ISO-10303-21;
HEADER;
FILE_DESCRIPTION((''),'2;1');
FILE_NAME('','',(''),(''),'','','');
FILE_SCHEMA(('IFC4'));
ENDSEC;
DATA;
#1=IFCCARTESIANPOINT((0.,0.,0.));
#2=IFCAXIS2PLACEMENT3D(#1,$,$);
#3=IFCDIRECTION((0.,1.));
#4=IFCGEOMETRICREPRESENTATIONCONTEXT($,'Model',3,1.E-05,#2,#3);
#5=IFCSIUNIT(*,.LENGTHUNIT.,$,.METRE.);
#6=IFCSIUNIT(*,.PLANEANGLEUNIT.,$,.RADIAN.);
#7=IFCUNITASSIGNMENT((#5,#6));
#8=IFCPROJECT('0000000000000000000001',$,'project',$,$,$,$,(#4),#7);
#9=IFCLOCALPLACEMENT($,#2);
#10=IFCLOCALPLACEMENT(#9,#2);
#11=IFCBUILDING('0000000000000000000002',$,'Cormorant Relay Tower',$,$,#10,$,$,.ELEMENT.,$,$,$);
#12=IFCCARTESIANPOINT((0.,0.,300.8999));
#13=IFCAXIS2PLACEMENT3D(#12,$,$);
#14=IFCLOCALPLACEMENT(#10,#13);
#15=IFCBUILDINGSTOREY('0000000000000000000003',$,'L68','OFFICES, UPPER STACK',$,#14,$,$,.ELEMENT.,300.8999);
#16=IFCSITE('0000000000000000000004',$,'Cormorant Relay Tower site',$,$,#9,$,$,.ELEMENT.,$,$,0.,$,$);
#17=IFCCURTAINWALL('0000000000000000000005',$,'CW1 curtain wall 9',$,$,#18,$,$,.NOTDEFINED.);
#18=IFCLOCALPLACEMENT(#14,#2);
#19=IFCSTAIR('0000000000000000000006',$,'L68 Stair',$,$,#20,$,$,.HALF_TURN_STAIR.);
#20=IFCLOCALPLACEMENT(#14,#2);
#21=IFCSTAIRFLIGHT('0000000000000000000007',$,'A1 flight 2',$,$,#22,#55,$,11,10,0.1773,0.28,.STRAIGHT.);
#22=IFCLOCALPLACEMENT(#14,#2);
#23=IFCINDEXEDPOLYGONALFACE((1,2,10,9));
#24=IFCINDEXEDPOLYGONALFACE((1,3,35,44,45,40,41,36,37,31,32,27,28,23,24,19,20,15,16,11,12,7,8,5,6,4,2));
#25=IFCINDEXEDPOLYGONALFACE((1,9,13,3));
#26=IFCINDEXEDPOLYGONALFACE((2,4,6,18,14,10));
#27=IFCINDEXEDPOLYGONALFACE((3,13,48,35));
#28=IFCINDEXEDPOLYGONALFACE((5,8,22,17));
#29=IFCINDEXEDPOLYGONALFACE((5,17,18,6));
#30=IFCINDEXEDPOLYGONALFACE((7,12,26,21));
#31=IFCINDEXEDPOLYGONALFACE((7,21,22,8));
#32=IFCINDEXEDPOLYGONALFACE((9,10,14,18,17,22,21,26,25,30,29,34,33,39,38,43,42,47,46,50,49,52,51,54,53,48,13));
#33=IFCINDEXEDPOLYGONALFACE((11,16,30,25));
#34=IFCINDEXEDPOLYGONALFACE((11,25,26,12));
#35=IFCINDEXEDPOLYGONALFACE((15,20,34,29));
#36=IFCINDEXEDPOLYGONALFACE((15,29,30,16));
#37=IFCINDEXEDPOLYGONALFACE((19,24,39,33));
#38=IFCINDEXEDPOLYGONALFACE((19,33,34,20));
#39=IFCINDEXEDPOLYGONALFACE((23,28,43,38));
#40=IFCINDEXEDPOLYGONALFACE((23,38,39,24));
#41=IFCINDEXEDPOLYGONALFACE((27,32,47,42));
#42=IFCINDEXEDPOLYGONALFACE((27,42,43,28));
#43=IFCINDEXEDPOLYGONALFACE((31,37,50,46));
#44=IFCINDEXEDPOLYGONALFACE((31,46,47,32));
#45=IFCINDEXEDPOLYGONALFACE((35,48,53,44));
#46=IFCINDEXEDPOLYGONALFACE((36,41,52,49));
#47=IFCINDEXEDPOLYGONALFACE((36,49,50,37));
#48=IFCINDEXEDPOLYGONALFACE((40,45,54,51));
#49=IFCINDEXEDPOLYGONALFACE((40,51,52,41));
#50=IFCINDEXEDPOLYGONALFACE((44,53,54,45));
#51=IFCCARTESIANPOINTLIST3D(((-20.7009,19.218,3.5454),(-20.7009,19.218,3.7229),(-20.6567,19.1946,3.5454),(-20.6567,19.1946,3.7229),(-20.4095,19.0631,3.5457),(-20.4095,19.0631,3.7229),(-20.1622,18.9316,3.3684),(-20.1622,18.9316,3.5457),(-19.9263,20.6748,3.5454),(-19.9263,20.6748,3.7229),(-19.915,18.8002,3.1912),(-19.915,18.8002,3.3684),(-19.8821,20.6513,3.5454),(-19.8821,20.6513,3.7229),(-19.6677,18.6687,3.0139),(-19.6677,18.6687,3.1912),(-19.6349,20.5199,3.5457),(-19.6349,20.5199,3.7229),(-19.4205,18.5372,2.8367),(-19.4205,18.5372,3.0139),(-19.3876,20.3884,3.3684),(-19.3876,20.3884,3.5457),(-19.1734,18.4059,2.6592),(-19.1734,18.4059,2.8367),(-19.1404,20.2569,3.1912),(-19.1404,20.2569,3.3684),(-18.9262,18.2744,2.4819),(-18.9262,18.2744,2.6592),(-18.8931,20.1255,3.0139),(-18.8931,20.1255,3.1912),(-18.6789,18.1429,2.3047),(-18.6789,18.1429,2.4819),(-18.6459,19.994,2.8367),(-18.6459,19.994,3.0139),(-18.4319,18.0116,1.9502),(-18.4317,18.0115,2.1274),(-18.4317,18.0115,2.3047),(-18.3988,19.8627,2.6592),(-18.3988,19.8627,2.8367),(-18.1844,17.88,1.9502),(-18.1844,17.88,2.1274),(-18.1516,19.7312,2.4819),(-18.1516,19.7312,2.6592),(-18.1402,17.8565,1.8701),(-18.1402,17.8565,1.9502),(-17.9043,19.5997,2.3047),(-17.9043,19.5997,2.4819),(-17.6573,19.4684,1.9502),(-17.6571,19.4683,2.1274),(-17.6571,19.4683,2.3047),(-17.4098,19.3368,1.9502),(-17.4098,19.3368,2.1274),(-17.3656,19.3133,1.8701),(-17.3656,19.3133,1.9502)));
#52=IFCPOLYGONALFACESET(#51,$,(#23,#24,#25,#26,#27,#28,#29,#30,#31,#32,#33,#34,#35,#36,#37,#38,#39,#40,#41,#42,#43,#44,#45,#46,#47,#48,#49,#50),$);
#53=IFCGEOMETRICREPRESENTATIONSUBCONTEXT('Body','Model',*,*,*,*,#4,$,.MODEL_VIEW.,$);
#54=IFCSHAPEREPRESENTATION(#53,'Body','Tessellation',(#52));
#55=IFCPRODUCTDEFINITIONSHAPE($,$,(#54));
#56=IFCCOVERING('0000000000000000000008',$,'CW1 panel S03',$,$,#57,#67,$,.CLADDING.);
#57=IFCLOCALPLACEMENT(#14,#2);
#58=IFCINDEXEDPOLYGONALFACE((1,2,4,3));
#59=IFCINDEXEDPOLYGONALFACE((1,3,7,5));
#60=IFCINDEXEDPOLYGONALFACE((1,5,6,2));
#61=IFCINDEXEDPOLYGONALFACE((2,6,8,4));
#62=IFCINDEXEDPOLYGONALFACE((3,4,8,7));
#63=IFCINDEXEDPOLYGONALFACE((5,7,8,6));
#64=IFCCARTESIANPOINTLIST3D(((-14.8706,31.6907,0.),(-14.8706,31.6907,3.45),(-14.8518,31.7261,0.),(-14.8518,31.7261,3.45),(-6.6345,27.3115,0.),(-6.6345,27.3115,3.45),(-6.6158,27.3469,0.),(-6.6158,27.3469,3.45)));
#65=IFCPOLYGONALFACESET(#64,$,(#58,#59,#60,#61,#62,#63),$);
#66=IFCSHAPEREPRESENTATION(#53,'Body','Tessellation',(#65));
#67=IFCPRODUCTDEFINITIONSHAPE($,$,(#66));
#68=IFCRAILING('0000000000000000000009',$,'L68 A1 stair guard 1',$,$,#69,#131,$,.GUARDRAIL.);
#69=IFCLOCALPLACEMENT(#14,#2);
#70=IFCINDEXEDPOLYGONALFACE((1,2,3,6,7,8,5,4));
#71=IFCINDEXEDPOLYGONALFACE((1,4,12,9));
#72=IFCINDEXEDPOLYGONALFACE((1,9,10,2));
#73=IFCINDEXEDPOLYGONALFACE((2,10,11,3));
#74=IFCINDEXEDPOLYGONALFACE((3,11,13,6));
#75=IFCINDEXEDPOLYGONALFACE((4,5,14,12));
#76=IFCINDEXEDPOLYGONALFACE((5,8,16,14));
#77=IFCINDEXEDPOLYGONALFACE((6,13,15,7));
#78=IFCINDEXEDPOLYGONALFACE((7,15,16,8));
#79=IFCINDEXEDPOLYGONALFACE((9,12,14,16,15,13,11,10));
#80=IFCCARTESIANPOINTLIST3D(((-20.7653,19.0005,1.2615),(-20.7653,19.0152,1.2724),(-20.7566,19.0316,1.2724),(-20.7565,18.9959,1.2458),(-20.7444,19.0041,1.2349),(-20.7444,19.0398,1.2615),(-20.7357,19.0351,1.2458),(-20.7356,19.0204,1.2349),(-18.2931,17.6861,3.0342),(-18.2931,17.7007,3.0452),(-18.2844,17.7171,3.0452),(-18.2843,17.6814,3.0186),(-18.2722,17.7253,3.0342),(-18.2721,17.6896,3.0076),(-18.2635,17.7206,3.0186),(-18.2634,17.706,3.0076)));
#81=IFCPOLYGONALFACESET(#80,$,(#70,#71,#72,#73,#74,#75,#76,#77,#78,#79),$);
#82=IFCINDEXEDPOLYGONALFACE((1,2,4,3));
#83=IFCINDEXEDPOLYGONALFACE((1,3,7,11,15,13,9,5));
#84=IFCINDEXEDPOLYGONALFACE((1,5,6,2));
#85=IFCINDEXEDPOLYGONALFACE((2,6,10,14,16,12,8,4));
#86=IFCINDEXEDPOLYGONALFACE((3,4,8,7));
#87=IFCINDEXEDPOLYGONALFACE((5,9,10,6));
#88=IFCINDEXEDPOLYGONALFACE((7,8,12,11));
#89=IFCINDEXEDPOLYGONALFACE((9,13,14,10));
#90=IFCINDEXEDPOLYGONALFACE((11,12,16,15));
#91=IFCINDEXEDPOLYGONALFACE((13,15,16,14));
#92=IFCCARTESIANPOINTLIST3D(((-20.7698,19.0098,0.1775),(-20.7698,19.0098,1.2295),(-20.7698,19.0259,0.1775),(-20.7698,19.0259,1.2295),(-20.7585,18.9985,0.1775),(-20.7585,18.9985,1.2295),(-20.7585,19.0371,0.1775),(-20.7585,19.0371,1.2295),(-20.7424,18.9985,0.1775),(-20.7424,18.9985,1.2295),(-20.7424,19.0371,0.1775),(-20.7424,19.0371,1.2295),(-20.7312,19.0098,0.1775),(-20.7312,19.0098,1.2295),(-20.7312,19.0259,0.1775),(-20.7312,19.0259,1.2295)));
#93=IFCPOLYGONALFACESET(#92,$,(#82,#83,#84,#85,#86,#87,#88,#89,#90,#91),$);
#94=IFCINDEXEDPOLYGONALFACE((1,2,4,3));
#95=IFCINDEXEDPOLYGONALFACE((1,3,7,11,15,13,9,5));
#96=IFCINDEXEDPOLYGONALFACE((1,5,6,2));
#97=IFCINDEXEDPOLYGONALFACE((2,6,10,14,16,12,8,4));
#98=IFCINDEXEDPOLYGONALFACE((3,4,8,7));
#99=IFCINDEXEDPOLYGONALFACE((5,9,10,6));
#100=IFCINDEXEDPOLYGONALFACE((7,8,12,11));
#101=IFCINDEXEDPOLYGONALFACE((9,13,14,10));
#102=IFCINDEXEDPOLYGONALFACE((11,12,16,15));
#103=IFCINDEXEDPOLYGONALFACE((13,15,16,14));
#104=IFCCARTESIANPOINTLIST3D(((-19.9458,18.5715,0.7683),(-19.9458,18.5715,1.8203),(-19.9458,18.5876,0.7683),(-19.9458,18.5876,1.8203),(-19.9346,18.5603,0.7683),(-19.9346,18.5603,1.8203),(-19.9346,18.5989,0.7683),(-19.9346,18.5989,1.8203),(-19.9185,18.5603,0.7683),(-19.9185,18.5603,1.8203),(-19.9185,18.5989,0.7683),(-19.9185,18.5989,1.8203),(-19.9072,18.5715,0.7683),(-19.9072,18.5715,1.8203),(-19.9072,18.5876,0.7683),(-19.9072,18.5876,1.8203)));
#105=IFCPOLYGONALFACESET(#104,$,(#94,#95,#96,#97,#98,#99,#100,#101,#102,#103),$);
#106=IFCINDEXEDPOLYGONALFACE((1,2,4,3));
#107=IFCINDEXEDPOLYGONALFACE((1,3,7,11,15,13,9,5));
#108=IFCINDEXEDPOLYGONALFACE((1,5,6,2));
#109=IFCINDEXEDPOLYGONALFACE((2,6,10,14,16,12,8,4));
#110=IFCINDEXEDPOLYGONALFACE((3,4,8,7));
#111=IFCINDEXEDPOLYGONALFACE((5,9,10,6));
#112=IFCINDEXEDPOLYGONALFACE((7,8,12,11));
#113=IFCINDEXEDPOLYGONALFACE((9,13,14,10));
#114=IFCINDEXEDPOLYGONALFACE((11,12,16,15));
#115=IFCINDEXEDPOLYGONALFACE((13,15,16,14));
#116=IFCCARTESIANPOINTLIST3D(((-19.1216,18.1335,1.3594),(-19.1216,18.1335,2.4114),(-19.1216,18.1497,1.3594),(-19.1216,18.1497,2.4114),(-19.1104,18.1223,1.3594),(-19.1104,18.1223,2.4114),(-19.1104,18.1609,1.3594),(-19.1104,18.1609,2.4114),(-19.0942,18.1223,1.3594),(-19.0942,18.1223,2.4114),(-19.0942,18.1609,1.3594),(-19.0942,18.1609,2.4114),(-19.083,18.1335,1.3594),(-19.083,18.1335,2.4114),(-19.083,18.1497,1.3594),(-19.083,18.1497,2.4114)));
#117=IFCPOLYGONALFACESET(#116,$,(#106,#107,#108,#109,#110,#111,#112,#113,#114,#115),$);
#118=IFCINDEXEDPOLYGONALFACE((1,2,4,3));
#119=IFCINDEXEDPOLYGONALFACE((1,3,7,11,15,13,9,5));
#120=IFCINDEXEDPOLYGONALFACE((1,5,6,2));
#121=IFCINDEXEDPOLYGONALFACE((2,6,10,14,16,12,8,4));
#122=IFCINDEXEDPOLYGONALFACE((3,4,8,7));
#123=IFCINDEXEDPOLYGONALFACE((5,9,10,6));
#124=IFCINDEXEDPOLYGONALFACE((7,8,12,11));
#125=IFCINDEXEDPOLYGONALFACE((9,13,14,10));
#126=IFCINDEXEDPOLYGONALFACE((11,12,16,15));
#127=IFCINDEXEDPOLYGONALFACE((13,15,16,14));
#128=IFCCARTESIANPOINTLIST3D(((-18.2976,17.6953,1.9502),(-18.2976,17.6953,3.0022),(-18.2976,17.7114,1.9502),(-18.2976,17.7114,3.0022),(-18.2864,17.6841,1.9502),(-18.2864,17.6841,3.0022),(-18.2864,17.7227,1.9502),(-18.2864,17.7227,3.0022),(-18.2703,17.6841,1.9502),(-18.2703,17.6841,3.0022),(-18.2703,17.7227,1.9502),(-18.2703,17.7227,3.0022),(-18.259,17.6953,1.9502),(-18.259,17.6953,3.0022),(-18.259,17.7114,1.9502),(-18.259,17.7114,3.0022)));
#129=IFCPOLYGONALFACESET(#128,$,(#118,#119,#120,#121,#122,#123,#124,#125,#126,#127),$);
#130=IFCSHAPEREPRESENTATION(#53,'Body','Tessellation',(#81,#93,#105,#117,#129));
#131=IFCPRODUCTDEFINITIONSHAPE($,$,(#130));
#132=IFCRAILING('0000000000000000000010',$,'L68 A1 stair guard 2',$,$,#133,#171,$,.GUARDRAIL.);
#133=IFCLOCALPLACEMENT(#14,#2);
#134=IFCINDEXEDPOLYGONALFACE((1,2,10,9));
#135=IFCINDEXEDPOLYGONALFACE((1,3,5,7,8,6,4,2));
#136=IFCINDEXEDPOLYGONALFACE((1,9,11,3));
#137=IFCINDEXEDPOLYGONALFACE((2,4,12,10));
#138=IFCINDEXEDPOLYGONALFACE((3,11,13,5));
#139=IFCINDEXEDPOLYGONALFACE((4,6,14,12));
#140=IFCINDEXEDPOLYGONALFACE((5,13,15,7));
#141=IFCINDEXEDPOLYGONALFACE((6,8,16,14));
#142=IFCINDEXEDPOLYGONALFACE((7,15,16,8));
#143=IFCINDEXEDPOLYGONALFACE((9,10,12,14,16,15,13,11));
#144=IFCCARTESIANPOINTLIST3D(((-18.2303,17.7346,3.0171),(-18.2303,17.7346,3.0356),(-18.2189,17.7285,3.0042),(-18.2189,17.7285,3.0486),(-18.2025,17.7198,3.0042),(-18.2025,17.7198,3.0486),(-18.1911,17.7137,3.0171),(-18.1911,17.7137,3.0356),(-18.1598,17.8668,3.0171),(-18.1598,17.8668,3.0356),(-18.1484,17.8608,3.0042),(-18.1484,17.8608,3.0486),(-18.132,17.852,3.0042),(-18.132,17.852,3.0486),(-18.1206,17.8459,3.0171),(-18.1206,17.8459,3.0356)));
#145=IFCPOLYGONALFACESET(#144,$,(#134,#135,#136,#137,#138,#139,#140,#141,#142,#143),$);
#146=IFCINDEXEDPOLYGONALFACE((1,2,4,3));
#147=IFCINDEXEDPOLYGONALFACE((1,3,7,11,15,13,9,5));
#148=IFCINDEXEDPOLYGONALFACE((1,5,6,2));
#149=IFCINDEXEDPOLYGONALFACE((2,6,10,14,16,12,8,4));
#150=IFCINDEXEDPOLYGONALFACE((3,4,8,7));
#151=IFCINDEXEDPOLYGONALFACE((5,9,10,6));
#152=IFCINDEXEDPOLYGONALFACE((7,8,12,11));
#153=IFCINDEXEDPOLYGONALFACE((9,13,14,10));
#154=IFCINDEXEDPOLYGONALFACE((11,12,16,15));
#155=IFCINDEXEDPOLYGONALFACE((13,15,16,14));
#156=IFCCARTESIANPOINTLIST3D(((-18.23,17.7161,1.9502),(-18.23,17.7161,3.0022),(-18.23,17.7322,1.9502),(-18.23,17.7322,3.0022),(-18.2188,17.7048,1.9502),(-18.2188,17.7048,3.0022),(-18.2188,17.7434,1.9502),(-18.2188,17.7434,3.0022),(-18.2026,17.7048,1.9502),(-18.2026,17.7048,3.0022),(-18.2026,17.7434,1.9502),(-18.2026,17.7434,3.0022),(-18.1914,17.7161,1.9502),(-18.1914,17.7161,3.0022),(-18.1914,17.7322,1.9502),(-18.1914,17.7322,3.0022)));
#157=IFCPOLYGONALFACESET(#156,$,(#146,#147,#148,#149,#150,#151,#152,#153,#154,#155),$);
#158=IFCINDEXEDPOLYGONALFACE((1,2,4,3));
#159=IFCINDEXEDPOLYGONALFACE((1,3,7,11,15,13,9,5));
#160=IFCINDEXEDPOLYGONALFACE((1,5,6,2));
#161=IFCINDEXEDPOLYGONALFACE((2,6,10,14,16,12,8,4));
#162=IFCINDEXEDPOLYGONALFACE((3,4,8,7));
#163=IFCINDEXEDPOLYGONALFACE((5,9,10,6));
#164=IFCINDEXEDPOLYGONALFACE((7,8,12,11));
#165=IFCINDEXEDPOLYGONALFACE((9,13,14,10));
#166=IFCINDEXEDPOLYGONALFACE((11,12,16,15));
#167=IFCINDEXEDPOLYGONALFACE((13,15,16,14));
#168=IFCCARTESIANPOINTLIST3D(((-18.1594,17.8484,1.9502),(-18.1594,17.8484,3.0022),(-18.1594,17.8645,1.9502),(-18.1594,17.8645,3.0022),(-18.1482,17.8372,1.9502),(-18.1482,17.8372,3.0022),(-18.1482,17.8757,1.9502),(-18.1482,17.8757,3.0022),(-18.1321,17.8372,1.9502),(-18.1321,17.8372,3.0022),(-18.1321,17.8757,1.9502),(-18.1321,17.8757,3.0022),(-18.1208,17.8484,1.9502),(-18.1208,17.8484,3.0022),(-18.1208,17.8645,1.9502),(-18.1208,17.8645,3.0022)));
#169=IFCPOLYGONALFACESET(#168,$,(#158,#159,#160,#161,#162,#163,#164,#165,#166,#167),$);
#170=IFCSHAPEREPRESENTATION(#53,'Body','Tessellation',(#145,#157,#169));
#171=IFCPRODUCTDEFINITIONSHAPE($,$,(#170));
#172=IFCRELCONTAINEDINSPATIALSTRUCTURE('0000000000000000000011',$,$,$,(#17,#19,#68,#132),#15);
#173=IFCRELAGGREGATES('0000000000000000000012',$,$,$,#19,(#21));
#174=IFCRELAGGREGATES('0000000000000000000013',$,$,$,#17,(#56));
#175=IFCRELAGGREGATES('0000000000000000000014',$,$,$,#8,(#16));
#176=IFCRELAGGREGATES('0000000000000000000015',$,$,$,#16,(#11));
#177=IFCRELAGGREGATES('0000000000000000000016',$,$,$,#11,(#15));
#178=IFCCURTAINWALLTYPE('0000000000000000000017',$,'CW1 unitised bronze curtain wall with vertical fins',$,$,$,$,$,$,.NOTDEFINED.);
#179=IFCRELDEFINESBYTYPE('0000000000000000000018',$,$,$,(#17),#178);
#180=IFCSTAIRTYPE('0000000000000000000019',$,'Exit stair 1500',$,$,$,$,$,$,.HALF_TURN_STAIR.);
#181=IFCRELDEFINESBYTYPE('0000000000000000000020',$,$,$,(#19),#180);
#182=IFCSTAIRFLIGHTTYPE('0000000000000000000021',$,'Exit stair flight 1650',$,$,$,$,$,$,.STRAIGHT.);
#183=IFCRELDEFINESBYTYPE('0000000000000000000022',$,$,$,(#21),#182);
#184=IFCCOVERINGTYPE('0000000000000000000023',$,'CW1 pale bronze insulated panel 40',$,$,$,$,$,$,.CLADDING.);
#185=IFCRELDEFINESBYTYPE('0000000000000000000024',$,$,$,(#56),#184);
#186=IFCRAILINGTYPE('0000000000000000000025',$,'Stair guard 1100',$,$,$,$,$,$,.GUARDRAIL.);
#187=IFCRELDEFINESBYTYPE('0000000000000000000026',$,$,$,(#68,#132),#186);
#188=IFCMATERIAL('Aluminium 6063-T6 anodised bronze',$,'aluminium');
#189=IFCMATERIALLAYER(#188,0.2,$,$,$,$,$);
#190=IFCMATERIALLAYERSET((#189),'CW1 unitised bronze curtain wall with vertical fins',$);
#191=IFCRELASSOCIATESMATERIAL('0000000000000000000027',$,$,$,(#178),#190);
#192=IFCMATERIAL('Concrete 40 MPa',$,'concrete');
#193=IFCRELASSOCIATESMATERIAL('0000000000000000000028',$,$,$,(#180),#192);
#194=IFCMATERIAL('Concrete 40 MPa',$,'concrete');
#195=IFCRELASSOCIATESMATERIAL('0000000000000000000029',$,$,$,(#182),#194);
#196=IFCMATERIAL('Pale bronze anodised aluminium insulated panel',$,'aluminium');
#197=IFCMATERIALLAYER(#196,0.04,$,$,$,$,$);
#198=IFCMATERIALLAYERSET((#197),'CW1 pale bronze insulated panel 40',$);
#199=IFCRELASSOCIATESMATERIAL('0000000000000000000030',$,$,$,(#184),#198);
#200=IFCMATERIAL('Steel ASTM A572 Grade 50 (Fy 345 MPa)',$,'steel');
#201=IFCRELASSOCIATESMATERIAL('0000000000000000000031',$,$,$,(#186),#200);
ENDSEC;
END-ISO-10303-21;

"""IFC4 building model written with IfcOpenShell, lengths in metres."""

from ifc_helpers import new_model, si_unit, direction, frame, origin, origin_2d, place, context, subcontext, project, spatial, polyline, rectangle, outline, extrude, material, layer, layer_set, type_object, element, aggregate, save


model = new_model("IFC4")

# Units and contexts
model_context = context("Model", 3, precision=1e-05, world=origin(), true_north=direction((0.0, 1.0)))
body_context = subcontext(model_context, "Body", "Model", "MODEL_VIEW")
ifc_project = project(units=[si_unit("LENGTHUNIT", "METRE"), si_unit("PLANEANGLEUNIT", "RADIAN")], contexts=[model_context])

# Site, building, storey
site_placement = place(None, origin())
site = spatial("IfcSite", under=ifc_project, at=site_placement, Name="Cormorant Relay Tower site", CompositionType="ELEMENT", RefElevation=0.0)
building_placement = place(site_placement, origin())
building = spatial("IfcBuilding", under=site, at=building_placement, Name="Cormorant Relay Tower", CompositionType="ELEMENT")
storey_placement = place(building_placement, frame((0.0, 0.0, 300.8999)))
storey = spatial("IfcBuildingStorey", under=building, at=storey_placement, Name="L68", Description="OFFICES, UPPER STACK", CompositionType="ELEMENT", Elevation=300.8999)

# Curtain wall
ifc_material_1 = material(Name="Aluminium 6063-T6 anodised bronze", Category="aluminium")
ifc_layer_1 = layer(ifc_material_1, 0.2)
ifc_layer_set_1 = layer_set([ifc_layer_1], Name="CW1 unitised bronze curtain wall with vertical fins")
curtain_wall_type = type_object("IfcCurtainWallType", Name="CW1 unitised bronze curtain wall with vertical fins", PredefinedType="NOTDEFINED", material=ifc_layer_set_1)
curtain_wall_placement = place(storey_placement, origin())
curtain_wall = element("IfcCurtainWall", 1, at=curtain_wall_placement, inside=storey, type_object=curtain_wall_type, Name="CW1 curtain wall 9", PredefinedType="NOTDEFINED")

# Stair, stair flight
ifc_material_2 = material(Name="Concrete 40 MPa", Category="concrete")
stair_type = type_object("IfcStairType", Name="Exit stair 1500", PredefinedType="HALF_TURN_STAIR", material=ifc_material_2)
stair_placement = place(storey_placement, origin())
stair = element("IfcStair", 2, at=stair_placement, inside=storey, type_object=stair_type, Name="L68 Stair", PredefinedType="HALF_TURN_STAIR")
ifc_material_3 = material(Name="Concrete 40 MPa", Category="concrete")
stair_flight_type = type_object("IfcStairFlightType", Name="Exit stair flight 1650", PredefinedType="STRAIGHT", material=ifc_material_3)
stair_flight_1_placement = place(storey_placement, frame((-17.7971, 18.6084, 1.9502), z_axis=(0.0, 0.0, 1.0), x_axis=(-0.882948, 0.469472, 0.0)))
stair_flight_1 = element("IfcStairFlight", 3, at=stair_flight_1_placement, type_object=stair_flight_type, Name="A1 flight 2", NumberOfRisers=11, NumberOfTreads=10, PredefinedType="STRAIGHT", RiserHeight=0.1773, TreadLength=0.28, context=body_context, shape_type="SweptSolid", body=[
    extrude(outline(polyline([(-0.05, -0.0801), (-0.05, 0.0), (0.0, 0.0), (0.0, 0.1772), (0.28, 0.1772), (0.28, 0.3545), (0.5601, 0.3545), (0.5601, 0.5317), (0.8401, 0.5317), (0.8401, 0.709), (1.1201, 0.709), (1.1201, 0.8865), (1.3999, 0.8865), (1.3999, 1.0637), (1.6799, 1.0637), (1.6799, 1.241), (1.96, 1.241), (1.96, 1.4182), (2.24, 1.4182), (2.24, 1.5955), (2.52, 1.5955), (2.52, 1.7727), (2.8, 1.7727), (2.8501, 1.7727), (2.8501, 1.5952), (2.8, 1.5952), (0.2803, 0.0), (-0.05, -0.0801)])), frame((0.0, 0.825, 0.0), z_axis=(0.0, -1.0, 0.0), x_axis=(1.0, 0.0, 0.0)), (0.0, 0.0, 1.0), 1.6499),
])
aggregate(stair, [stair_flight_1])

# Covering
ifc_material_4 = material(Name="Pale bronze anodised aluminium insulated panel", Category="aluminium")
ifc_layer_2 = layer(ifc_material_4, 0.04)
ifc_layer_set_2 = layer_set([ifc_layer_2], Name="CW1 pale bronze insulated panel 40")
covering_type = type_object("IfcCoveringType", Name="CW1 pale bronze insulated panel 40", PredefinedType="CLADDING", material=ifc_layer_set_2)
covering_placement = place(storey_placement, frame((-10.7432, 29.5188, 0.0), z_axis=(0.0, 0.0, 1.0), x_axis=(-0.882948, 0.469472, 0.0)))
covering = element("IfcCovering", 4, at=covering_placement, type_object=covering_type, Name="CW1 panel S03", PredefinedType="CLADDING", context=body_context, shape_type="SweptSolid", body=[
    extrude(rectangle(XDim=9.3279, YDim=0.04, at=origin_2d()), origin(), (0.0, 0.0, 1.0), 3.45),
])
aggregate(curtain_wall, [covering])

# Railings
ifc_material_5 = material(Name="Steel ASTM A572 Grade 50 (Fy 345 MPa)", Category="steel")
railing_type_1 = type_object("IfcRailingType", Name="Stair guard 1100", PredefinedType="GUARDRAIL", material=ifc_material_5)
railing_1_placement = place(storey_placement, frame((-20.7505, 19.0178, 0.1775)))
element("IfcRailing", 5, at=railing_1_placement, inside=storey, type_object=railing_type_1, Name="L68 A1 stair guard 1", PredefinedType="GUARDRAIL", context=body_context, shape_type="SweptSolid", body=[
    extrude(outline(polyline([(0.0222, 0.0093), (0.0093, 0.0222), (-0.0093, 0.0222), (-0.0222, 0.0093), (-0.0222, -0.0093), (-0.0093, -0.0222), (0.0093, -0.0222), (0.0222, -0.0093), (0.0222, 0.0093)])), frame((0.0, 0.0, 1.0762), z_axis=(0.746001, -0.396649, 0.534931), x_axis=(0.469465, 0.882951, 0.0)), (0.0, 0.0, 1.0), 3.314),
    extrude(outline(polyline([(0.0193, 0.0081), (0.0081, 0.0193), (-0.0081, 0.0193), (-0.0193, 0.0081), (-0.0193, -0.0081), (-0.0081, -0.0193), (0.0081, -0.0193), (0.0193, -0.0081), (0.0193, 0.0081)])), origin(), (0.0, 0.0, 1.0), 1.052),
    extrude(outline(polyline([(0.0193, 0.0081), (0.0081, 0.0193), (-0.0081, 0.0193), (-0.0193, 0.0081), (-0.0193, -0.0081), (-0.0081, -0.0193), (0.0081, -0.0193), (0.0193, -0.0081), (0.0193, 0.0081)])), frame((0.824, -0.4382, 0.5908)), (0.0, 0.0, 1.0), 1.052),
    extrude(outline(polyline([(0.0193, 0.0081), (0.0081, 0.0193), (-0.0081, 0.0193), (-0.0193, 0.0081), (-0.0193, -0.0081), (-0.0081, -0.0193), (0.0081, -0.0193), (0.0193, -0.0081), (0.0193, 0.0081)])), frame((1.6482, -0.8762, 1.1819)), (0.0, 0.0, 1.0), 1.052),
    extrude(outline(polyline([(0.0193, 0.0081), (0.0081, 0.0193), (-0.0081, 0.0193), (-0.0193, 0.0081), (-0.0193, -0.0081), (-0.0081, -0.0193), (0.0081, -0.0193), (0.0193, -0.0081), (0.0193, 0.0081)])), frame((2.4722, -1.3145, 1.7727)), (0.0, 0.0, 1.0), 1.052),
])
railing_2_placement = place(storey_placement, frame((-18.2107, 17.7241, 1.9502)))
element("IfcRailing", 6, at=railing_2_placement, inside=storey, type_object=railing_type_1, Name="L68 A1 stair guard 2", PredefinedType="GUARDRAIL", context=body_context, shape_type="SweptSolid", body=[
    extrude(outline(polyline([(0.0222, 0.0093), (0.0093, 0.0222), (-0.0093, 0.0222), (-0.0222, 0.0093), (-0.0222, -0.0093), (-0.0093, -0.0222), (0.0093, -0.0222), (0.0222, -0.0093), (0.0222, 0.0093)])), frame((0.0, 0.0, 1.0762), z_axis=(0.470504, 0.882398, 0.0), x_axis=(-0.882398, 0.470504, 0.0)), (0.0, 0.0, 1.0), 0.1499),
    extrude(outline(polyline([(0.0193, 0.0081), (0.0081, 0.0193), (-0.0081, 0.0193), (-0.0193, 0.0081), (-0.0193, -0.0081), (-0.0081, -0.0193), (0.0081, -0.0193), (0.0193, -0.0081), (0.0193, 0.0081)])), origin(), (0.0, 0.0, 1.0), 1.052),
    extrude(outline(polyline([(0.0193, 0.0081), (0.0081, 0.0193), (-0.0081, 0.0193), (-0.0193, 0.0081), (-0.0193, -0.0081), (-0.0081, -0.0193), (0.0081, -0.0193), (0.0193, -0.0081), (0.0193, 0.0081)])), frame((0.0706, 0.1323, 0.0)), (0.0, 0.0, 1.0), 1.052),
])

save(model, "model.ifc")
